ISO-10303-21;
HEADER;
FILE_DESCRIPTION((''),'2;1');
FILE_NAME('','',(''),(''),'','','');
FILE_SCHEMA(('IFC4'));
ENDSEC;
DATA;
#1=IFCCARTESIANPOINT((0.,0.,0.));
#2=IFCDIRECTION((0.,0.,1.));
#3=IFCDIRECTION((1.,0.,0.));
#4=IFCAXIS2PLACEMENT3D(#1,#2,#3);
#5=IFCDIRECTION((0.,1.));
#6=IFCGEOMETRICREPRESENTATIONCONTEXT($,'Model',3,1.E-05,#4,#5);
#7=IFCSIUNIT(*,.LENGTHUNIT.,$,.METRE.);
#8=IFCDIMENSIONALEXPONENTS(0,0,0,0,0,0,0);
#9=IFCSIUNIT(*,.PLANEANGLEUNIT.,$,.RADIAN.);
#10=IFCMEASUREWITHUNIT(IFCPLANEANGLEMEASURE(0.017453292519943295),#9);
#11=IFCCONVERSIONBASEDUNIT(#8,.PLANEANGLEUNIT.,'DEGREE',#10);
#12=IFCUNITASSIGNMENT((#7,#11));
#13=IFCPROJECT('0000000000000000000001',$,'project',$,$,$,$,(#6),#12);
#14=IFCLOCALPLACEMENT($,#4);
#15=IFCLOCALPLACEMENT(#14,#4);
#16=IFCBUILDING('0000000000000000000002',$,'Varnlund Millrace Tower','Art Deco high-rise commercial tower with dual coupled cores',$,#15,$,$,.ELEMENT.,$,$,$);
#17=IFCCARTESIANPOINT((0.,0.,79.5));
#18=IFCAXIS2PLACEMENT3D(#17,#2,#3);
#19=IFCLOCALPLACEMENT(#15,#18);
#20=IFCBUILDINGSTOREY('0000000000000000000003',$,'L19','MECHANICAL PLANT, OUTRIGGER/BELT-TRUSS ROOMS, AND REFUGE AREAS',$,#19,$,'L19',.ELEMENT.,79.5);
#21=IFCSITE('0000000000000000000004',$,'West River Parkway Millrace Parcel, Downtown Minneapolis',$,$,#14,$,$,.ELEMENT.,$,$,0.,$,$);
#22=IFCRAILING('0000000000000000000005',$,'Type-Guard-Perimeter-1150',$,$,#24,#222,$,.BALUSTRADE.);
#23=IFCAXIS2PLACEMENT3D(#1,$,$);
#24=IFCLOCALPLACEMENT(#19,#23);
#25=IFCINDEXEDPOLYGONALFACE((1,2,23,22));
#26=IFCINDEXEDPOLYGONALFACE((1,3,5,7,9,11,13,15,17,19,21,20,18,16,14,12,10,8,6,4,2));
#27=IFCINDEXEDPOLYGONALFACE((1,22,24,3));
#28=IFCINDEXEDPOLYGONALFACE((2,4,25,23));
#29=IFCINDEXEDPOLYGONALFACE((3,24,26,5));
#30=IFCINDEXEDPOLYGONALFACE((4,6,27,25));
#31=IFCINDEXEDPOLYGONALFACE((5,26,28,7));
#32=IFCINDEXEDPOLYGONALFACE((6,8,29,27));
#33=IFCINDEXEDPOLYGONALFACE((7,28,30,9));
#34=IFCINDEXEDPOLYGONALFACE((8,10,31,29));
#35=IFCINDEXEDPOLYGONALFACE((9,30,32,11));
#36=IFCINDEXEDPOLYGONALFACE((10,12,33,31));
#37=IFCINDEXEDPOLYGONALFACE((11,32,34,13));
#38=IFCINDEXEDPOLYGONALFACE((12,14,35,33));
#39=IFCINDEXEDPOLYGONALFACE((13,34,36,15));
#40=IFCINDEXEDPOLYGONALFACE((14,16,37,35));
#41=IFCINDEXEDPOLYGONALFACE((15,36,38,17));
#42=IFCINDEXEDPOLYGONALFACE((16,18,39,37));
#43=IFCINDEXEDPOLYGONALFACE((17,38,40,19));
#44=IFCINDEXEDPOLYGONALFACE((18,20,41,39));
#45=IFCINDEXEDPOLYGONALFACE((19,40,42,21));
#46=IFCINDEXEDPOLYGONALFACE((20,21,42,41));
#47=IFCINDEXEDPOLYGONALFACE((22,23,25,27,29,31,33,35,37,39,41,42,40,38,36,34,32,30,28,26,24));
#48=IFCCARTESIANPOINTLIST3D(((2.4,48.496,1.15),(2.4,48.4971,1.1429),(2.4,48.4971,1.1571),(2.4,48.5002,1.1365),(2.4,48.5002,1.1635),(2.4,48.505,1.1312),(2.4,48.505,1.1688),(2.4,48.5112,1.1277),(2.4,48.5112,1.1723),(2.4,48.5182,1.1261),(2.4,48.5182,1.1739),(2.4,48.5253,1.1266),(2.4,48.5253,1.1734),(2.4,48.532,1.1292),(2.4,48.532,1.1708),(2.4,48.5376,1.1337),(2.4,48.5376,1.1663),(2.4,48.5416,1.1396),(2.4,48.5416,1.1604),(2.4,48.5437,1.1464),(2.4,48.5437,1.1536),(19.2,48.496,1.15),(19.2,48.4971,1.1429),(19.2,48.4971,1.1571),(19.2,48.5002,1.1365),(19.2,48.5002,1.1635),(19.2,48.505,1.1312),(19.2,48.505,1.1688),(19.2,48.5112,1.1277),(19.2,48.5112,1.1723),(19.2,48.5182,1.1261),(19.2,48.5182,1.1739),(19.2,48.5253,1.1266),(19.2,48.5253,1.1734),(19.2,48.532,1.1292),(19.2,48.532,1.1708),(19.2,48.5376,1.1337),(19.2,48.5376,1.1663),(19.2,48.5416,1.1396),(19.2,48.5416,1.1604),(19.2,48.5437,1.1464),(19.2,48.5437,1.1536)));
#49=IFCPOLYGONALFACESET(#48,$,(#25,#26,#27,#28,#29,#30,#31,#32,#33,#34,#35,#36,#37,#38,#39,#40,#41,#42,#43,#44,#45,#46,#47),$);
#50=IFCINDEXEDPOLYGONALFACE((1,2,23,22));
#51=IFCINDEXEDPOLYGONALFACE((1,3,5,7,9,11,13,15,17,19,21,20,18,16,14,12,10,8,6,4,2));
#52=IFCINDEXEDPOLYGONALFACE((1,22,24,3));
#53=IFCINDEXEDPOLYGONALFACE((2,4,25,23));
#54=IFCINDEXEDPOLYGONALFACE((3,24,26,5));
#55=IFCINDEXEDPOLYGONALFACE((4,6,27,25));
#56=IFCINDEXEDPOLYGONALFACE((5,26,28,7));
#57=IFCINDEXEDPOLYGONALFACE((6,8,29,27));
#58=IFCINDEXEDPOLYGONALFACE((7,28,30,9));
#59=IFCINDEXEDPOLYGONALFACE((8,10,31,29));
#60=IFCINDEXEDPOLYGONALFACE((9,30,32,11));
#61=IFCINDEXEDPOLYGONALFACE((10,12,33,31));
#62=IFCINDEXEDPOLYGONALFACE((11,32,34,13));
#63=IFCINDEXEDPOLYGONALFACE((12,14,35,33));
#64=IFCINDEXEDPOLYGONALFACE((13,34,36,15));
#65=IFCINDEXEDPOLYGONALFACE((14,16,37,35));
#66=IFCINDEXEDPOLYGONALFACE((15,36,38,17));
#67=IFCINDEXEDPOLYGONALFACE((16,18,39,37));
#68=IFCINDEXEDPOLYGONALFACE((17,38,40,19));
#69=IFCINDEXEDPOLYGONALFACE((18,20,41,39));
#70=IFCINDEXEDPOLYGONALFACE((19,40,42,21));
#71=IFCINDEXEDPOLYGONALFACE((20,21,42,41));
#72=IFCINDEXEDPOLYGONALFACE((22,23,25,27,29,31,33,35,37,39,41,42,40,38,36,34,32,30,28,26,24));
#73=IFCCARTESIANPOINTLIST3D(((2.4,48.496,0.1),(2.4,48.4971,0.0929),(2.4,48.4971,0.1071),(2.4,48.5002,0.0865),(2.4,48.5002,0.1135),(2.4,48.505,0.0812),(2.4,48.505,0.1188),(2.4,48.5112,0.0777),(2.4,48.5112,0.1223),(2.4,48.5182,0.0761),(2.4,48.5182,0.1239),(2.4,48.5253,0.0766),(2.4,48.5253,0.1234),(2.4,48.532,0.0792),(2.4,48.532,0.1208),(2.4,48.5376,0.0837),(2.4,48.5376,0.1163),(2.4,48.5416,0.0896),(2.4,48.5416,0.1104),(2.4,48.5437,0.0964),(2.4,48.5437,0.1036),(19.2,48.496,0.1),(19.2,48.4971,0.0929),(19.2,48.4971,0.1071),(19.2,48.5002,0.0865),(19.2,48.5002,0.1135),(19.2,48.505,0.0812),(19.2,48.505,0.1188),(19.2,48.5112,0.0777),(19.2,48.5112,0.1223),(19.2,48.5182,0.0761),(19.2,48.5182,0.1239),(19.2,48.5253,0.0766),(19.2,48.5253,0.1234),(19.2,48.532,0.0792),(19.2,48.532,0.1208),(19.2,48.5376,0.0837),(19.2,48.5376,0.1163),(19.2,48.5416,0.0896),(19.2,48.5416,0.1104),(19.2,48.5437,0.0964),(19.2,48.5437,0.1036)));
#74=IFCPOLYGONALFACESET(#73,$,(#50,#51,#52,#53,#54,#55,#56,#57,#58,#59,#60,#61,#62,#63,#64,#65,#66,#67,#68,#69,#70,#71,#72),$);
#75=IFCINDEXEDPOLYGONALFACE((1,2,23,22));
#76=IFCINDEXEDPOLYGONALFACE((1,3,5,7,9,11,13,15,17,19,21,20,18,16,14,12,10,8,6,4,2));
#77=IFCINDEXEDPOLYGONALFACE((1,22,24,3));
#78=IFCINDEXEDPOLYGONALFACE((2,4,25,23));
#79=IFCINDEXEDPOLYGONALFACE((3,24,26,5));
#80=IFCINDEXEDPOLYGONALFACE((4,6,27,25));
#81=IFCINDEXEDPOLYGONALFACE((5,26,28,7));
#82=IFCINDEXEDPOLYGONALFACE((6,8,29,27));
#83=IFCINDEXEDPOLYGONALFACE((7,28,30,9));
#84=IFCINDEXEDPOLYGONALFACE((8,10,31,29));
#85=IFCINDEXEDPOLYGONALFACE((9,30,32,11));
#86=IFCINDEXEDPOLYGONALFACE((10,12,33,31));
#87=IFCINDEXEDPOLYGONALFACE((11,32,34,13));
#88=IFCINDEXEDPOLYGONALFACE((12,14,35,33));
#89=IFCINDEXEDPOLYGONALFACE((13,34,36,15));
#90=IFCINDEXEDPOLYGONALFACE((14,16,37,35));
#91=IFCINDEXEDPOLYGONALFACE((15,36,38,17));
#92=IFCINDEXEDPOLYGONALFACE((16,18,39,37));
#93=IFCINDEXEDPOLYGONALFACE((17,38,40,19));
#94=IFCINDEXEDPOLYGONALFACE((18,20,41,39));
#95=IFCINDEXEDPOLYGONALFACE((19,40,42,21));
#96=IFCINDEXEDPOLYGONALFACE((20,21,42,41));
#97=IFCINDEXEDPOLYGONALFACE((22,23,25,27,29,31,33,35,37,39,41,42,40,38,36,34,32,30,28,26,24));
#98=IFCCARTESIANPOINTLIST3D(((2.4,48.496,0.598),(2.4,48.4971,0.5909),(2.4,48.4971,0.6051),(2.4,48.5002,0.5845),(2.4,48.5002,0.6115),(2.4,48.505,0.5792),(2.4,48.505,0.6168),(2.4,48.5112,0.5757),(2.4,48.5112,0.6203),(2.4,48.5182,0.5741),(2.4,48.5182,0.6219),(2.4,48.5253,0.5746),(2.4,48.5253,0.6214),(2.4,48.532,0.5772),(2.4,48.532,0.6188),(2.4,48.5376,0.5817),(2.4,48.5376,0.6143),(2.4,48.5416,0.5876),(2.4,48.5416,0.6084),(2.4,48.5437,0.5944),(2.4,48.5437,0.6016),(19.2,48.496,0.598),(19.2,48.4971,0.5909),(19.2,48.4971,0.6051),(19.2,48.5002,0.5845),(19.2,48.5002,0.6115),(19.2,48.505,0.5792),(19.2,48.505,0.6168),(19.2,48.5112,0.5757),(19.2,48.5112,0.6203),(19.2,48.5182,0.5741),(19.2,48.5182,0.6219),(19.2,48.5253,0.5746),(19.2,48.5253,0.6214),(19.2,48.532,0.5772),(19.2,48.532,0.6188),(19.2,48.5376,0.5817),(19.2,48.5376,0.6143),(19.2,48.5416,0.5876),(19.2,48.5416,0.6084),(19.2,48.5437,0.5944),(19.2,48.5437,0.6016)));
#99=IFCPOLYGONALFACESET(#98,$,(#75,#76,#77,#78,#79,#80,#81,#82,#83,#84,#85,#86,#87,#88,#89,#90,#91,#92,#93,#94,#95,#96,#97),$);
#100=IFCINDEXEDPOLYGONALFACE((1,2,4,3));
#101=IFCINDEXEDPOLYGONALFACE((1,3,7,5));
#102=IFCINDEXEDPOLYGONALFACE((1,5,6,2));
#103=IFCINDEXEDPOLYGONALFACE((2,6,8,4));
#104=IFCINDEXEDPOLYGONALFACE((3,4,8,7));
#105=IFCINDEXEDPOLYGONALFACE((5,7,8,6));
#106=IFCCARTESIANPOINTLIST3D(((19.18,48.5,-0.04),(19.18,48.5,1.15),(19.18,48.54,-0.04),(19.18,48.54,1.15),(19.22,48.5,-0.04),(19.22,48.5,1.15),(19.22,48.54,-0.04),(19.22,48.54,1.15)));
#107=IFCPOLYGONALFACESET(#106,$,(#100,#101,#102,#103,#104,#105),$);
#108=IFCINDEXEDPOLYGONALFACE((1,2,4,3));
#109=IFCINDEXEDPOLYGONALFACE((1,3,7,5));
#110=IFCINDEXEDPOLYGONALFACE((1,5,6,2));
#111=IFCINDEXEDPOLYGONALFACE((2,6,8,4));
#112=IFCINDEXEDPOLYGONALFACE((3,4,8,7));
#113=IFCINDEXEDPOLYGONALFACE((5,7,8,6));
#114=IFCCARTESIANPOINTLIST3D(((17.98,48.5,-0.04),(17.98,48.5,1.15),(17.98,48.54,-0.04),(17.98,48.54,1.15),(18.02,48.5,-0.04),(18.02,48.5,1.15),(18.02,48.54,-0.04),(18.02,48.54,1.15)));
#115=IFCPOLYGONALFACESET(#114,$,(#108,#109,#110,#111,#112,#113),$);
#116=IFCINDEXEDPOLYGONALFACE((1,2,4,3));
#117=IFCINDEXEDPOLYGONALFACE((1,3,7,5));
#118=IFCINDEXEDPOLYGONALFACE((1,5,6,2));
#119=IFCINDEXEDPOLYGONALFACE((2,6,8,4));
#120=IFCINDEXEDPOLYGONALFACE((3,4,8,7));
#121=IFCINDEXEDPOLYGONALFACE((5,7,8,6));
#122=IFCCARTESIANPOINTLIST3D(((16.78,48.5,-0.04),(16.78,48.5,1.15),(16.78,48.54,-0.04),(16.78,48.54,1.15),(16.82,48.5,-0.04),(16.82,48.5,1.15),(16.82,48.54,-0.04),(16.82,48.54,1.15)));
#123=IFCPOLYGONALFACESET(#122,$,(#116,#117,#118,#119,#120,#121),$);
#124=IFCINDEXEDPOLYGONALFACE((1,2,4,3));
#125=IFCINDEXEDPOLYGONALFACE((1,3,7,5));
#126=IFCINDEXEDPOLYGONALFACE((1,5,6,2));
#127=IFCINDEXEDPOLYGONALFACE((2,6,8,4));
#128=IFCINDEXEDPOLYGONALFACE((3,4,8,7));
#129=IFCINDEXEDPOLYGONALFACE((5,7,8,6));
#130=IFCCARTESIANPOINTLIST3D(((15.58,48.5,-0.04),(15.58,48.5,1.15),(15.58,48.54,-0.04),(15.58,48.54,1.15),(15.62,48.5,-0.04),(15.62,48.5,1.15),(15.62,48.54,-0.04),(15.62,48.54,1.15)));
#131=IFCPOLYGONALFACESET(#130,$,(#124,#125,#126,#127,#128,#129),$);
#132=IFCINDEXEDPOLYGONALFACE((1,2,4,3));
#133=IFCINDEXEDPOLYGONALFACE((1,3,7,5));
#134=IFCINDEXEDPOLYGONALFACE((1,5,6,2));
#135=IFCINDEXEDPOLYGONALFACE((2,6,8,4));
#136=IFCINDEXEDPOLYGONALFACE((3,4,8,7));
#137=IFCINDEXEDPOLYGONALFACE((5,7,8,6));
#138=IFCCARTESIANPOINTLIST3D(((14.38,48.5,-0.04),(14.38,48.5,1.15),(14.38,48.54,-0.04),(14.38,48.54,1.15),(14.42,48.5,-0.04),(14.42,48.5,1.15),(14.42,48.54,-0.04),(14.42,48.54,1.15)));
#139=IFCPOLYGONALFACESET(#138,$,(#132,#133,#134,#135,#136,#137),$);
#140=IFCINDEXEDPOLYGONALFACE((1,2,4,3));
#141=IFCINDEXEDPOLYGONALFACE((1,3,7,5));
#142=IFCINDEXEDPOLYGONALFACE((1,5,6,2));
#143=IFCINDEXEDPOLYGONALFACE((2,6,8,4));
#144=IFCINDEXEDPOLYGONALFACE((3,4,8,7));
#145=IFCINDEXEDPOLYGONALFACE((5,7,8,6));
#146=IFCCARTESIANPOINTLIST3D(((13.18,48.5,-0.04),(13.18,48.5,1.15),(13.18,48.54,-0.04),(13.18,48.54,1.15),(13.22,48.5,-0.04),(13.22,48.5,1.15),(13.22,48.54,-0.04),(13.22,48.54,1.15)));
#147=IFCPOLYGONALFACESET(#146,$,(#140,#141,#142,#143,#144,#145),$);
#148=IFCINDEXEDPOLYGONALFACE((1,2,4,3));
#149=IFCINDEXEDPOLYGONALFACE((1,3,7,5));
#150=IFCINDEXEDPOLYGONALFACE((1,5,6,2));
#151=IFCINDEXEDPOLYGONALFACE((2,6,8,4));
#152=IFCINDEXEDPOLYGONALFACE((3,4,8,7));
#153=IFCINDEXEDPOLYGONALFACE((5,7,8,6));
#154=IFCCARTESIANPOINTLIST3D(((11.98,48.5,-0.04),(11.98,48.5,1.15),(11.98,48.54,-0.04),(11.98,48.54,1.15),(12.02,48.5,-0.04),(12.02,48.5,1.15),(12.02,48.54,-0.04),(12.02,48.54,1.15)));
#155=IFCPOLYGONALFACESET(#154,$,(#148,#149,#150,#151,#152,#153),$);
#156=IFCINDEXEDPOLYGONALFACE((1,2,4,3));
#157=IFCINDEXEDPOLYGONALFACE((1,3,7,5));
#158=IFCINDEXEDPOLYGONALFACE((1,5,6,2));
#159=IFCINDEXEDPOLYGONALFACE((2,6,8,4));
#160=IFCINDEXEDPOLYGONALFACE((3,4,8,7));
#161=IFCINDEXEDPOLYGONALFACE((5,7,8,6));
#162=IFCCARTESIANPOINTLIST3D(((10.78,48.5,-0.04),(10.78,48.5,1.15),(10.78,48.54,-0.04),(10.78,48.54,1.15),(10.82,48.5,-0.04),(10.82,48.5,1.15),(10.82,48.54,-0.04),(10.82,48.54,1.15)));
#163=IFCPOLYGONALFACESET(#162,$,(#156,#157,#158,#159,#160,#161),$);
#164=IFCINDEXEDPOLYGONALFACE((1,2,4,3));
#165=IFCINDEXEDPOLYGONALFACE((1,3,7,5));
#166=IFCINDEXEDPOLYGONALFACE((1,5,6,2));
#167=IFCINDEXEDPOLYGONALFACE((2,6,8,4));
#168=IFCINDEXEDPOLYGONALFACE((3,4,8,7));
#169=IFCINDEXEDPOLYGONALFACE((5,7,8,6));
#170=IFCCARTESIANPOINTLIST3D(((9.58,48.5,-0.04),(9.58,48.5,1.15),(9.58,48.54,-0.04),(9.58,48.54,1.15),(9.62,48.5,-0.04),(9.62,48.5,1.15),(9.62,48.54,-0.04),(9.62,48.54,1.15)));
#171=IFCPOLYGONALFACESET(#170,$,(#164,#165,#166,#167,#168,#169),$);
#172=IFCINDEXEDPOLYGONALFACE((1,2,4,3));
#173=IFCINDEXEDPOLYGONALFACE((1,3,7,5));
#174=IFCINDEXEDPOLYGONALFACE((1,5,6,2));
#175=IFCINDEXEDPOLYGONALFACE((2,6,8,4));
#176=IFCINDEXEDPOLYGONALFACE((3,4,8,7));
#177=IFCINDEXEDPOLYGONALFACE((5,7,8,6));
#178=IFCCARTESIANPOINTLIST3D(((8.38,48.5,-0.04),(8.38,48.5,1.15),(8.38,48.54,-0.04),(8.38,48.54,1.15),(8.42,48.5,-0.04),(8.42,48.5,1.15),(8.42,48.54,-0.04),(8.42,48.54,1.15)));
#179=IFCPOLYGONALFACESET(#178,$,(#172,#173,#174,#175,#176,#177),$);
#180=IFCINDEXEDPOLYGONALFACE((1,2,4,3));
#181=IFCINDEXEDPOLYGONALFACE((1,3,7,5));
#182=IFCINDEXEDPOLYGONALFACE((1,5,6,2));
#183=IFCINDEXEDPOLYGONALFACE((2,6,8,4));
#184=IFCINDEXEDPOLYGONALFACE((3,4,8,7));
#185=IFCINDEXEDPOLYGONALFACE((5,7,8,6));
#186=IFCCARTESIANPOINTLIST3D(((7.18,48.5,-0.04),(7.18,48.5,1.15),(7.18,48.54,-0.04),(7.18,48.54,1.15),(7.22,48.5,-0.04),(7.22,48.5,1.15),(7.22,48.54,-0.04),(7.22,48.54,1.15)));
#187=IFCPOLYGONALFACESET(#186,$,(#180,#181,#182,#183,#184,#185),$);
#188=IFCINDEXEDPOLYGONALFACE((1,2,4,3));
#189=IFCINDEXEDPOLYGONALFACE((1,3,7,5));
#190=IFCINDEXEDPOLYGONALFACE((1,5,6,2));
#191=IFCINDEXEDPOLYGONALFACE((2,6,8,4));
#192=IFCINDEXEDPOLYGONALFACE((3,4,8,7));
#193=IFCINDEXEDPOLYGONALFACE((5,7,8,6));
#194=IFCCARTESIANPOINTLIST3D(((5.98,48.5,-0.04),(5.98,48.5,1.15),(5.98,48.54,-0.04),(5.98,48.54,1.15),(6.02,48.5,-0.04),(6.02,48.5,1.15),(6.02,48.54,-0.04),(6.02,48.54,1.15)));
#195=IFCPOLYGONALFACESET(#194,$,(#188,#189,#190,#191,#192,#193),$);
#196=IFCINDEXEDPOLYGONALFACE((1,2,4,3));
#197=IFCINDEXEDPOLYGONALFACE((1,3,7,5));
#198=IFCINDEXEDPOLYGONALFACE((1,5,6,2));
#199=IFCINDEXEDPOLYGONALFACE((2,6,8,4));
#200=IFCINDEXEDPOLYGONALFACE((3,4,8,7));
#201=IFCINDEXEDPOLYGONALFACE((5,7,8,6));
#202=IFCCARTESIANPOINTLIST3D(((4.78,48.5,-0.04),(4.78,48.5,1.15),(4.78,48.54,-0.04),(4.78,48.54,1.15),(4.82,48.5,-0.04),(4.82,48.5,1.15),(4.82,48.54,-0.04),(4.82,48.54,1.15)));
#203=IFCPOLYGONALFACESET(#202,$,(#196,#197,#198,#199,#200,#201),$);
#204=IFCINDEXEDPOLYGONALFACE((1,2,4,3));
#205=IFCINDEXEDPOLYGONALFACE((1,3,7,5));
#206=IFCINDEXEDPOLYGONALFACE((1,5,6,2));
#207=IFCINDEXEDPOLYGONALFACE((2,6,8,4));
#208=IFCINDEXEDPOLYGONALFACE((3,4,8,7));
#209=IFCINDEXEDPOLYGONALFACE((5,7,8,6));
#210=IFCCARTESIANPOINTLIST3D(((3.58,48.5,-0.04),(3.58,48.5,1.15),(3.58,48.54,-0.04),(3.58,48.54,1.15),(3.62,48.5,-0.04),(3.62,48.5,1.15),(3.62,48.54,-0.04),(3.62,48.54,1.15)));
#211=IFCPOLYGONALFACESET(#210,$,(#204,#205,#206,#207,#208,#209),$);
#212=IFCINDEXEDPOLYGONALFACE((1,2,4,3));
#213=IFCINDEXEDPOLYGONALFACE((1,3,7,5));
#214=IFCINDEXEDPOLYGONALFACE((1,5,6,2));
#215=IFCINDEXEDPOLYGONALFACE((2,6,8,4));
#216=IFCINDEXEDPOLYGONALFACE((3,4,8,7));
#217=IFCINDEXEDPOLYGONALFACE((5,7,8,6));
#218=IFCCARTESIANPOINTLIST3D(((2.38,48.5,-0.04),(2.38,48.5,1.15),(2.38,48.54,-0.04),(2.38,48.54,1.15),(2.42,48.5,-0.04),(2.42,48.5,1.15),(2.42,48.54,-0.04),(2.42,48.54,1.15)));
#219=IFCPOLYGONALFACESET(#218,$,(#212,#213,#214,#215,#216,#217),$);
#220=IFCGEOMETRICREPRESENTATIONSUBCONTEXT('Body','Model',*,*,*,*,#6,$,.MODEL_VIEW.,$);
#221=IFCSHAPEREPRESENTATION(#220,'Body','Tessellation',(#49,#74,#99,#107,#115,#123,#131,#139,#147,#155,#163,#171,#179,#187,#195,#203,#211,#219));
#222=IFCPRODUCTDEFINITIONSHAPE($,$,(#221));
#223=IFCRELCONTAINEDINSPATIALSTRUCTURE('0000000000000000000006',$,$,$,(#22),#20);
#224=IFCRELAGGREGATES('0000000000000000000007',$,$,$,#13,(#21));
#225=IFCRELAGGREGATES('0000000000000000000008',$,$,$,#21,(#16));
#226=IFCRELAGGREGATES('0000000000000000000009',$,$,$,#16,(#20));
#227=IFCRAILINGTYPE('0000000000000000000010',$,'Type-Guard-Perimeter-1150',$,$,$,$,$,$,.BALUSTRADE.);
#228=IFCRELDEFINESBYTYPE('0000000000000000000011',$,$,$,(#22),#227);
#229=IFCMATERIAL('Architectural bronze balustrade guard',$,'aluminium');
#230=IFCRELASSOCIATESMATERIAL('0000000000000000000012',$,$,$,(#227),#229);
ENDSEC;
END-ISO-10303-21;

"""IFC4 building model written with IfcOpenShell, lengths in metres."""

from ifc_helpers import new_model, entity, si_unit, converted_unit, direction, frame, origin_with_axes, origin_2d_with_axis, place, context, subcontext, project, spatial, rectangle, circle, extrude, material, type_object, element, save


model = new_model("IFC4")

# Units and contexts
model_context = context("Model", 3, precision=1e-05, world=origin_with_axes(), true_north=direction((0.0, 1.0)))
body_context = subcontext(model_context, "Body", "Model", "MODEL_VIEW")
ifc_project = project(units=[si_unit("LENGTHUNIT", "METRE"), converted_unit("PLANEANGLEUNIT", "DEGREE", entity("IfcPlaneAngleMeasure", 0.017453292519943295), si_unit("PLANEANGLEUNIT", "RADIAN"), dimensions=[0, 0, 0, 0, 0, 0, 0])], contexts=[model_context])

# Site, building, storey
site_placement = place(None, origin_with_axes())
site = spatial("IfcSite", under=ifc_project, at=site_placement, Name="West River Parkway Millrace Parcel, Downtown Minneapolis", CompositionType="ELEMENT", RefElevation=0.0)
building_placement = place(site_placement, origin_with_axes())
building = spatial("IfcBuilding", under=site, at=building_placement, Name="Varnlund Millrace Tower", Description="Art Deco high-rise commercial tower with dual coupled cores", CompositionType="ELEMENT")
storey_placement = place(building_placement, frame((0.0, 0.0, 79.5), z_axis=(0.0, 0.0, 1.0), x_axis=(1.0, 0.0, 0.0)))
storey = spatial("IfcBuildingStorey", under=building, at=storey_placement, Name="L19", Description="MECHANICAL PLANT, OUTRIGGER/BELT-TRUSS ROOMS, AND REFUGE AREAS", LongName="L19", CompositionType="ELEMENT", Elevation=79.5)

# Railing
ifc_material_1 = material(Name="Architectural bronze balustrade guard", Category="aluminium")
railing_type_1 = type_object("IfcRailingType", Name="Type-Guard-Perimeter-1150", PredefinedType="BALUSTRADE", material=ifc_material_1)
railing_1_placement = place(storey_placement, frame((0.0, 0.0, -79.5), z_axis=(0.0, 0.0, 1.0), x_axis=(1.0, 0.0, 0.0)))
element("IfcRailing", 1, at=railing_1_placement, inside=storey, type_object=railing_type_1, Name="Type-Guard-Perimeter-1150", PredefinedType="BALUSTRADE", context=body_context, shape_type="SweptSolid", body=[
    extrude(circle(Radius=0.024, at=origin_2d_with_axis()), frame((19.2, 48.52, 80.65), z_axis=(-1.0, 0.0, 0.0), x_axis=(0.0, -1.0, 0.0)), (0.0, 0.0, 1.0), 16.8),
    extrude(circle(Radius=0.024, at=origin_2d_with_axis()), frame((19.2, 48.52, 79.6), z_axis=(-1.0, 0.0, 0.0), x_axis=(0.0, -1.0, 0.0)), (0.0, 0.0, 1.0), 16.8),
    extrude(circle(Radius=0.024, at=origin_2d_with_axis()), frame((19.2, 48.52, 80.098), z_axis=(-1.0, 0.0, 0.0), x_axis=(0.0, -1.0, 0.0)), (0.0, 0.0, 1.0), 16.8),
    extrude(rectangle(XDim=0.04, YDim=0.04, at=origin_2d_with_axis()), frame((19.2, 48.52, 79.46), z_axis=(0.0, 0.0, 1.0), x_axis=(1.0, 0.0, 0.0)), (0.0, 0.0, 1.0), 1.19),
    extrude(rectangle(XDim=0.04, YDim=0.04, at=origin_2d_with_axis()), frame((18.0, 48.52, 79.46), z_axis=(0.0, 0.0, 1.0), x_axis=(1.0, 0.0, 0.0)), (0.0, 0.0, 1.0), 1.19),
    extrude(rectangle(XDim=0.04, YDim=0.04, at=origin_2d_with_axis()), frame((16.8, 48.52, 79.46), z_axis=(0.0, 0.0, 1.0), x_axis=(1.0, 0.0, 0.0)), (0.0, 0.0, 1.0), 1.19),
    extrude(rectangle(XDim=0.04, YDim=0.04, at=origin_2d_with_axis()), frame((15.6, 48.52, 79.46), z_axis=(0.0, 0.0, 1.0), x_axis=(1.0, 0.0, 0.0)), (0.0, 0.0, 1.0), 1.19),
    extrude(rectangle(XDim=0.04, YDim=0.04, at=origin_2d_with_axis()), frame((14.4, 48.52, 79.46), z_axis=(0.0, 0.0, 1.0), x_axis=(1.0, 0.0, 0.0)), (0.0, 0.0, 1.0), 1.19),
    extrude(rectangle(XDim=0.04, YDim=0.04, at=origin_2d_with_axis()), frame((13.2, 48.52, 79.46), z_axis=(0.0, 0.0, 1.0), x_axis=(1.0, 0.0, 0.0)), (0.0, 0.0, 1.0), 1.19),
    extrude(rectangle(XDim=0.04, YDim=0.04, at=origin_2d_with_axis()), frame((12.0, 48.52, 79.46), z_axis=(0.0, 0.0, 1.0), x_axis=(1.0, 0.0, 0.0)), (0.0, 0.0, 1.0), 1.19),
    extrude(rectangle(XDim=0.04, YDim=0.04, at=origin_2d_with_axis()), frame((10.8, 48.52, 79.46), z_axis=(0.0, 0.0, 1.0), x_axis=(1.0, 0.0, 0.0)), (0.0, 0.0, 1.0), 1.19),
    extrude(rectangle(XDim=0.04, YDim=0.04, at=origin_2d_with_axis()), frame((9.6, 48.52, 79.46), z_axis=(0.0, 0.0, 1.0), x_axis=(1.0, 0.0, 0.0)), (0.0, 0.0, 1.0), 1.19),
    extrude(rectangle(XDim=0.04, YDim=0.04, at=origin_2d_with_axis()), frame((8.4, 48.52, 79.46), z_axis=(0.0, 0.0, 1.0), x_axis=(1.0, 0.0, 0.0)), (0.0, 0.0, 1.0), 1.19),
    extrude(rectangle(XDim=0.04, YDim=0.04, at=origin_2d_with_axis()), frame((7.2, 48.52, 79.46), z_axis=(0.0, 0.0, 1.0), x_axis=(1.0, 0.0, 0.0)), (0.0, 0.0, 1.0), 1.19),
    extrude(rectangle(XDim=0.04, YDim=0.04, at=origin_2d_with_axis()), frame((6.0, 48.52, 79.46), z_axis=(0.0, 0.0, 1.0), x_axis=(1.0, 0.0, 0.0)), (0.0, 0.0, 1.0), 1.19),
    extrude(rectangle(XDim=0.04, YDim=0.04, at=origin_2d_with_axis()), frame((4.8, 48.52, 79.46), z_axis=(0.0, 0.0, 1.0), x_axis=(1.0, 0.0, 0.0)), (0.0, 0.0, 1.0), 1.19),
    extrude(rectangle(XDim=0.04, YDim=0.04, at=origin_2d_with_axis()), frame((3.6, 48.52, 79.46), z_axis=(0.0, 0.0, 1.0), x_axis=(1.0, 0.0, 0.0)), (0.0, 0.0, 1.0), 1.19),
    extrude(rectangle(XDim=0.04, YDim=0.04, at=origin_2d_with_axis()), frame((2.4, 48.52, 79.46), z_axis=(0.0, 0.0, 1.0), x_axis=(1.0, 0.0, 0.0)), (0.0, 0.0, 1.0), 1.19),
])

save(model, "model.ifc")
